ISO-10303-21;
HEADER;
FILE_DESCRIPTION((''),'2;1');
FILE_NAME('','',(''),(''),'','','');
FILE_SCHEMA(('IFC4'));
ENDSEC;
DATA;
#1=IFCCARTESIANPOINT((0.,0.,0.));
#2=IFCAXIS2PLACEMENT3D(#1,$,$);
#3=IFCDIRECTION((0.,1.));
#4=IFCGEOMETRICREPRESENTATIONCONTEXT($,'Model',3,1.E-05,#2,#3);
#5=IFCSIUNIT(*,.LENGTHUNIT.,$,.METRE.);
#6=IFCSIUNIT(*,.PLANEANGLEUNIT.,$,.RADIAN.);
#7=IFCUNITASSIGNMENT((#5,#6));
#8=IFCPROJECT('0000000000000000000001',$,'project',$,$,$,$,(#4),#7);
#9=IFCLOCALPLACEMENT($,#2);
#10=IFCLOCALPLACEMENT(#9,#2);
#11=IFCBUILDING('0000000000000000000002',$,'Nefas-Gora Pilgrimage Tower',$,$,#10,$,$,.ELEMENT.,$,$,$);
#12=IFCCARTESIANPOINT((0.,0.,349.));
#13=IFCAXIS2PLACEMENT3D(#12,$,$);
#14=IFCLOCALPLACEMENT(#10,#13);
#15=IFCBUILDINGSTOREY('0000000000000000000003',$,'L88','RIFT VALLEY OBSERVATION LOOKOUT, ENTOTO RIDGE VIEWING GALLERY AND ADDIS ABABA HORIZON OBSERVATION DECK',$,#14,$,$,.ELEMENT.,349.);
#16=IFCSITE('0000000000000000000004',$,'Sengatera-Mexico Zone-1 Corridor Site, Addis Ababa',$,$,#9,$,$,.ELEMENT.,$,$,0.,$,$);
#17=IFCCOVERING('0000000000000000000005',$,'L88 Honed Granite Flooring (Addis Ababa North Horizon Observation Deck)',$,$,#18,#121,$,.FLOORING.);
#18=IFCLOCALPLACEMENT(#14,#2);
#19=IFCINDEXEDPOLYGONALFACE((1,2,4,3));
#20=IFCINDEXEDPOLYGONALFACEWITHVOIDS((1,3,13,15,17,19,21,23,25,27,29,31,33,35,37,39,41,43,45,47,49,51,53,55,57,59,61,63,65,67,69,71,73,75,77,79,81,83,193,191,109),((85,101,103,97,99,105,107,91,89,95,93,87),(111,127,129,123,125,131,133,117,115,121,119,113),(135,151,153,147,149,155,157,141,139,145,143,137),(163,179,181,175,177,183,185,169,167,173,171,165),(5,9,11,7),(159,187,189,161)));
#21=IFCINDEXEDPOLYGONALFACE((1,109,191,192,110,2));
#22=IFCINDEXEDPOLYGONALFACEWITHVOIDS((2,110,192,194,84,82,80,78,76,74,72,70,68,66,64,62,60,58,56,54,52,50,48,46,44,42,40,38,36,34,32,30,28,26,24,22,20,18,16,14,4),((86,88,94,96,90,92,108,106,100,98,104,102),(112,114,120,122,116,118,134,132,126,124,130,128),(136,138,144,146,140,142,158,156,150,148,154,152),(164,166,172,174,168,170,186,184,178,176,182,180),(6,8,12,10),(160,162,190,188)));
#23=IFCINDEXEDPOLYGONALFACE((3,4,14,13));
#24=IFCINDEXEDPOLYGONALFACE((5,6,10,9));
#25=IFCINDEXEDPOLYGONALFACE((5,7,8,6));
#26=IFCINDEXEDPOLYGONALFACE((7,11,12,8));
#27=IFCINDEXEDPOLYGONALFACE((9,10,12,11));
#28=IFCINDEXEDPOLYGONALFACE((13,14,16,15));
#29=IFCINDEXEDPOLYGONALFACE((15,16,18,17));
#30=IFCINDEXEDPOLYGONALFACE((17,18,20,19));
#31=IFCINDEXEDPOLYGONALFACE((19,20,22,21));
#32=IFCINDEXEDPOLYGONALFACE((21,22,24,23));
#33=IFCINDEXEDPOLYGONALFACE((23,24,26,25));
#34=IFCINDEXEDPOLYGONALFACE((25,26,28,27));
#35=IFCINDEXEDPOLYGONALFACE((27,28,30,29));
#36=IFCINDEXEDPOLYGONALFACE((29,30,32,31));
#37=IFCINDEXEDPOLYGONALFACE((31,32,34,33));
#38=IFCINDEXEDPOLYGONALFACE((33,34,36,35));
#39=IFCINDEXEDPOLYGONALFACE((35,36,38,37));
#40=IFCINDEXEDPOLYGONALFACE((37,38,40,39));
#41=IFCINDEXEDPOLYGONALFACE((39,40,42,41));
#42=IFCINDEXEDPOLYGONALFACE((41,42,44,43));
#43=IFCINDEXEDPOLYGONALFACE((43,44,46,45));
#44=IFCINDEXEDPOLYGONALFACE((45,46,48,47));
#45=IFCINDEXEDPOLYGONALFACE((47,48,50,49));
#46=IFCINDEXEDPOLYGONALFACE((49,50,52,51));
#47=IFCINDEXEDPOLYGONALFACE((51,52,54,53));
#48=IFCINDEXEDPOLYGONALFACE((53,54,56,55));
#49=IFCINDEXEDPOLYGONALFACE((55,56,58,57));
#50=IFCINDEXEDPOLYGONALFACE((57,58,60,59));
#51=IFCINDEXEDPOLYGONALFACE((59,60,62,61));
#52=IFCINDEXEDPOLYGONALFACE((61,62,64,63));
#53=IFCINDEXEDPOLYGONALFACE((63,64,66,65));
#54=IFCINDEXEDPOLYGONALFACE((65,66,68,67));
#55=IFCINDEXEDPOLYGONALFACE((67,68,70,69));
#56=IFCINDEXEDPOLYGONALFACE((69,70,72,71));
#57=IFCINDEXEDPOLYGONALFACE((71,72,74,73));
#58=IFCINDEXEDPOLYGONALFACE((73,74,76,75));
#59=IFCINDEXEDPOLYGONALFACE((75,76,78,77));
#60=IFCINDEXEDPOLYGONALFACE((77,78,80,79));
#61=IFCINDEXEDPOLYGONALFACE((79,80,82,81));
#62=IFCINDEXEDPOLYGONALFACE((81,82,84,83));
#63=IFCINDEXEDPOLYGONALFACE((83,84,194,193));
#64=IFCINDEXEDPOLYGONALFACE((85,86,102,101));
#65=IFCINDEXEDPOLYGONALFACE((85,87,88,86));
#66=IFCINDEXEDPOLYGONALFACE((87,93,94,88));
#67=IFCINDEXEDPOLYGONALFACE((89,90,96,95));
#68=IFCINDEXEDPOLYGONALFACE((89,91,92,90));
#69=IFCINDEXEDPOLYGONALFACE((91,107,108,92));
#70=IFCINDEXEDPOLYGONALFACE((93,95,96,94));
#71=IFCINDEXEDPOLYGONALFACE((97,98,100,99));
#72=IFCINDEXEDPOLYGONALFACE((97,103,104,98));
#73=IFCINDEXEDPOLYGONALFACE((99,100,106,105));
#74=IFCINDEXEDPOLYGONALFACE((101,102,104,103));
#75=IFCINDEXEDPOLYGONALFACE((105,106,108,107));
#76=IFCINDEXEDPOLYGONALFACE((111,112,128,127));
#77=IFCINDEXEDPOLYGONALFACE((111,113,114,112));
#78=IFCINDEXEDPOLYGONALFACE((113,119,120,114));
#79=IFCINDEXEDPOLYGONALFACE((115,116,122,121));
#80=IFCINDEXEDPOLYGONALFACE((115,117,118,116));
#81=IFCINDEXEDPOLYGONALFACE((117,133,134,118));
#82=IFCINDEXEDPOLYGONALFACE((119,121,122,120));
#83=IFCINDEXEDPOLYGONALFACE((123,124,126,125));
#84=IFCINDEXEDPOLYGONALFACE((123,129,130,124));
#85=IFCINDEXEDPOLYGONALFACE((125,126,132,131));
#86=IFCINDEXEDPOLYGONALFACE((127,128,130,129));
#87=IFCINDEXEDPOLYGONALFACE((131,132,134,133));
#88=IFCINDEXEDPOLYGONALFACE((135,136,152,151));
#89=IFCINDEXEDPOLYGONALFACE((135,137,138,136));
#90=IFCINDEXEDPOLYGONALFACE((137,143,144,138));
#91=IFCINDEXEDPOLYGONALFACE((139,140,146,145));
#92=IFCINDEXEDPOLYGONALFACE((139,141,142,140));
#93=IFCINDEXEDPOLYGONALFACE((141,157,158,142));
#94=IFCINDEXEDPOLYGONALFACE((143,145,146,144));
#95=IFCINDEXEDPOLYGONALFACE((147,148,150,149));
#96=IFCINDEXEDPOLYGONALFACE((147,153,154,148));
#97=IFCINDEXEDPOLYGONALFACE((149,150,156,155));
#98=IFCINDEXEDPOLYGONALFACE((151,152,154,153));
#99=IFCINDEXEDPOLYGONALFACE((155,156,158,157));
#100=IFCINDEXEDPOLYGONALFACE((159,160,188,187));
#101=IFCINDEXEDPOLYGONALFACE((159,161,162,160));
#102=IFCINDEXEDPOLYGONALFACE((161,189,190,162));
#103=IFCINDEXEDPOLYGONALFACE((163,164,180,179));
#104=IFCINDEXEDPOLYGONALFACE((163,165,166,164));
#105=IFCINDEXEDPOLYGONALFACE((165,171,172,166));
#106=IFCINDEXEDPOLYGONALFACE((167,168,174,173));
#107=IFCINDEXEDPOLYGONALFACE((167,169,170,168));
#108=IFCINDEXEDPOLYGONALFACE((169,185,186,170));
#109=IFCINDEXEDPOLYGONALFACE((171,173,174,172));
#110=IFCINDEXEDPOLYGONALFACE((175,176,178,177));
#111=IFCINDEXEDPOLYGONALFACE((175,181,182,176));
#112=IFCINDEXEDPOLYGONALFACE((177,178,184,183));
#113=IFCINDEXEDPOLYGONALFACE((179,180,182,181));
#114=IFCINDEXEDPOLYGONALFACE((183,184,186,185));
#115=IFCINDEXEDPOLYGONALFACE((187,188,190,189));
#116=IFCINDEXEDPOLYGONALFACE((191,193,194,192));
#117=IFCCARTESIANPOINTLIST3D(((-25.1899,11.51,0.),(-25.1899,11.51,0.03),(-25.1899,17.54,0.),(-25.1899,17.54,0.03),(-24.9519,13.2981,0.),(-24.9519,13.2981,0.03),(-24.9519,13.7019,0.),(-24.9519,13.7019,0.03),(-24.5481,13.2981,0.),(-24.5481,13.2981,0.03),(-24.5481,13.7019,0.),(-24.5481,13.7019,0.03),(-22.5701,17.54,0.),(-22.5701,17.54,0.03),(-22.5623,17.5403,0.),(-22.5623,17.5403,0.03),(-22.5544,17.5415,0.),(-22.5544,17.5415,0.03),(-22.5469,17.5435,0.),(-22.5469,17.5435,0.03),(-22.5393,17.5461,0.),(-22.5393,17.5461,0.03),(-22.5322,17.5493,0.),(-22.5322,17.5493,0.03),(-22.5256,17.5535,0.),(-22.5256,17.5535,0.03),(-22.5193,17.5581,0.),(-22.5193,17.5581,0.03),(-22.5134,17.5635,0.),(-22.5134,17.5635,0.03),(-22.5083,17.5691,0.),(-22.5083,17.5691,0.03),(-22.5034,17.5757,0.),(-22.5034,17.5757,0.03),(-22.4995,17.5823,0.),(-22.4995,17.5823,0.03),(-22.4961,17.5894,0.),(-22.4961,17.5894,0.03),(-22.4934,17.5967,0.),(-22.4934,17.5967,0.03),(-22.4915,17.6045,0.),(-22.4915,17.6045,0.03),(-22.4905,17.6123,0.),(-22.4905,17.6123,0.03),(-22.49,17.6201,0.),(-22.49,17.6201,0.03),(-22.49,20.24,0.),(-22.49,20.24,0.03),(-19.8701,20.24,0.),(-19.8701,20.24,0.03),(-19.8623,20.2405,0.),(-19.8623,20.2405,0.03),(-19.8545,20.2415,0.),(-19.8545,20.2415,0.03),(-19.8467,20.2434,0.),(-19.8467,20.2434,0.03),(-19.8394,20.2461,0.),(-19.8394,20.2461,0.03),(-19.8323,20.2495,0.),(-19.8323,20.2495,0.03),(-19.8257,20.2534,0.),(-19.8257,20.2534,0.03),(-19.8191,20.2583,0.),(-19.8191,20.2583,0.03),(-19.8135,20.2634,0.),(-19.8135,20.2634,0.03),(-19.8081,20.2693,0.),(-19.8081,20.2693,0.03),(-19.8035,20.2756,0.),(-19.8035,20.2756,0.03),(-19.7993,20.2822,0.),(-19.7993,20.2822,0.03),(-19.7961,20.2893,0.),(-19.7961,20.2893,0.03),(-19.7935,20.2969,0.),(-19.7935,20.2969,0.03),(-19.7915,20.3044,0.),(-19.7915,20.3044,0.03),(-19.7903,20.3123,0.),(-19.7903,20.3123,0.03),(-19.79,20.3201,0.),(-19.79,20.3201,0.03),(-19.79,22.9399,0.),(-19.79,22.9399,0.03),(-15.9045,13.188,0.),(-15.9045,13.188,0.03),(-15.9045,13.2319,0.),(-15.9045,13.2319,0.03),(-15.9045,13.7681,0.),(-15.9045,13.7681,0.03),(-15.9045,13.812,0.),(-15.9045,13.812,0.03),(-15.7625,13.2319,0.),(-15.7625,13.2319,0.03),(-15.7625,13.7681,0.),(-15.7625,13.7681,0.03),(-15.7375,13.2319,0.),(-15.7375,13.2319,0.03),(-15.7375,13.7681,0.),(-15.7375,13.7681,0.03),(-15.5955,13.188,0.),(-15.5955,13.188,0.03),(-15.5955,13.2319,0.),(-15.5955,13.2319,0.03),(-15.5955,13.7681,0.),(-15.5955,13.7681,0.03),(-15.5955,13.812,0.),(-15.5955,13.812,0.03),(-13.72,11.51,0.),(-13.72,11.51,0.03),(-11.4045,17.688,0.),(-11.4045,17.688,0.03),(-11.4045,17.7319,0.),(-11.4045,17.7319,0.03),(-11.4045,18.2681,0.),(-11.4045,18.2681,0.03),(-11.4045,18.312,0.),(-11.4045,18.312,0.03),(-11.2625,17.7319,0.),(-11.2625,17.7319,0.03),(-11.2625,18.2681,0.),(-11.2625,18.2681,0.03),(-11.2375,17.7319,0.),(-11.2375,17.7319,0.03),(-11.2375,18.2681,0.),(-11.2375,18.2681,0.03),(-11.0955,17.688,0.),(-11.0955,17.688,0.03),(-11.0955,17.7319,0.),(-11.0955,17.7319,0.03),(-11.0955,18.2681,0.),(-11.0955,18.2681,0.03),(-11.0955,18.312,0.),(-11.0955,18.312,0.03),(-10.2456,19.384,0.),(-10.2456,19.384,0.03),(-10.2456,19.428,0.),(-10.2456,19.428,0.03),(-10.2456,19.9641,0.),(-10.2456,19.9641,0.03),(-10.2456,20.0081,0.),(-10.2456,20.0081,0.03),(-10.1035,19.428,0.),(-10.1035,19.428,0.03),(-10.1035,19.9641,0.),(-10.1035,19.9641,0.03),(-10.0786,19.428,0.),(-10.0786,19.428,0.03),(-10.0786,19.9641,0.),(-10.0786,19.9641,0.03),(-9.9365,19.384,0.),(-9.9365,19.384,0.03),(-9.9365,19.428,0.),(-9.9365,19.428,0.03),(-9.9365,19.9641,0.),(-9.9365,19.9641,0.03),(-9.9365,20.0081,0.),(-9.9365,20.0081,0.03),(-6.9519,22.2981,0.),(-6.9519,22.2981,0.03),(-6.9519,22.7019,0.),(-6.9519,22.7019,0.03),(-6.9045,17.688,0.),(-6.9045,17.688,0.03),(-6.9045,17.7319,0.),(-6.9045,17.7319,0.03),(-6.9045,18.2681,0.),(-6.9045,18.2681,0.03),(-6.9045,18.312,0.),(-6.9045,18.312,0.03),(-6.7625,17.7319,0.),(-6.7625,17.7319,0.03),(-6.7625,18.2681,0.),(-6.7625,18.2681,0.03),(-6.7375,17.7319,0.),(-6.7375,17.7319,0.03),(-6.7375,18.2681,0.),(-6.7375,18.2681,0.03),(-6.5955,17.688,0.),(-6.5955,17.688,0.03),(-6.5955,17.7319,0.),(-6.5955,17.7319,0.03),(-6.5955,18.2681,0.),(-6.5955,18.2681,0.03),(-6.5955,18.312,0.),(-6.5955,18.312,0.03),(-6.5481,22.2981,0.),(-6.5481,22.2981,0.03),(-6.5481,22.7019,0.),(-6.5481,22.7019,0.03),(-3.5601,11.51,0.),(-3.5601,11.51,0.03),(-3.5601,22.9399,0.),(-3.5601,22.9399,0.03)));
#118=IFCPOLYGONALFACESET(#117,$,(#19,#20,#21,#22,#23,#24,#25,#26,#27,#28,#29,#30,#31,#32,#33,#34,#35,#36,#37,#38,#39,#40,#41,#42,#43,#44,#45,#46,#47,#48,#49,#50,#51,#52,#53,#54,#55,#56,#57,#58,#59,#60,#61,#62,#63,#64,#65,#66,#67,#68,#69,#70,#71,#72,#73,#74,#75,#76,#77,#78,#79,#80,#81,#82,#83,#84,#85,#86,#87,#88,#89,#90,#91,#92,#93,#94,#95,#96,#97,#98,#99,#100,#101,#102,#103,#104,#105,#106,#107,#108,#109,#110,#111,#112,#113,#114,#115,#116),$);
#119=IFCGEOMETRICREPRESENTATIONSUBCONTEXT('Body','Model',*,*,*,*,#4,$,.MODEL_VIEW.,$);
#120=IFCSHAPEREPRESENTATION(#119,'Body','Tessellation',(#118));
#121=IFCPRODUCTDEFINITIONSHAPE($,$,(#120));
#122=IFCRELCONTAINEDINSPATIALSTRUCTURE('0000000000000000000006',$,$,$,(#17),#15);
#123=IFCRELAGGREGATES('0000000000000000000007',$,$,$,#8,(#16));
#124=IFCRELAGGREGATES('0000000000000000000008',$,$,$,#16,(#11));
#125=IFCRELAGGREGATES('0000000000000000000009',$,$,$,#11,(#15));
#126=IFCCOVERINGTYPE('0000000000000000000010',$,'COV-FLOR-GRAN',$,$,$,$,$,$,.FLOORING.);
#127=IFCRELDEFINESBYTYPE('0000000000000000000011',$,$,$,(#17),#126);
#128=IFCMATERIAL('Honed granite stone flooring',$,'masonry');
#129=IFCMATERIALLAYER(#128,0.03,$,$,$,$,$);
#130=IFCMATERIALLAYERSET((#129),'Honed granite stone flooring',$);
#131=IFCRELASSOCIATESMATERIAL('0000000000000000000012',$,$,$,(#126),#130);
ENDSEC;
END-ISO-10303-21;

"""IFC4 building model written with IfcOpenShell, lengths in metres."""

from ifc_helpers import new_model, si_unit, direction, frame, origin, place, context, subcontext, project, spatial, polyline, outline, extrude, material, layer, layer_set, type_object, element, save


model = new_model("IFC4")

# Units and contexts
model_context = context("Model", 3, precision=1e-05, world=origin(), true_north=direction((0.0, 1.0)))
body_context = subcontext(model_context, "Body", "Model", "MODEL_VIEW")
ifc_project = project(units=[si_unit("LENGTHUNIT", "METRE"), si_unit("PLANEANGLEUNIT", "RADIAN")], contexts=[model_context])

# Site, building, storey
site_placement = place(None, origin())
site = spatial("IfcSite", under=ifc_project, at=site_placement, Name="Sengatera-Mexico Zone-1 Corridor Site, Addis Ababa", CompositionType="ELEMENT", RefElevation=0.0)
building_placement = place(site_placement, origin())
building = spatial("IfcBuilding", under=site, at=building_placement, Name="Nefas-Gora Pilgrimage Tower", CompositionType="ELEMENT")
storey_placement = place(building_placement, frame((0.0, 0.0, 349.0)))
storey = spatial("IfcBuildingStorey", under=building, at=storey_placement, Name="L88", Description="RIFT VALLEY OBSERVATION LOOKOUT, ENTOTO RIDGE VIEWING GALLERY AND ADDIS ABABA HORIZON OBSERVATION DECK", CompositionType="ELEMENT", Elevation=349.0)

# Covering
ifc_material_1 = material(Name="Honed granite stone flooring", Category="masonry")
ifc_layer_1 = layer(ifc_material_1, 0.03)
ifc_layer_set_1 = layer_set([ifc_layer_1], Name="Honed granite stone flooring")
covering_type_1 = type_object("IfcCoveringType", Name="COV-FLOR-GRAN", PredefinedType="FLOORING", material=ifc_layer_set_1)
covering_1_placement = place(storey_placement, origin())
element("IfcCovering", 1, at=covering_1_placement, inside=storey, type_object=covering_type_1, Name="L88 Honed Granite Flooring (Addis Ababa North Horizon Observation Deck)", PredefinedType="FLOORING", context=body_context, shape_type="SweptSolid", body=[
    extrude(outline(polyline([(-25.1899, 17.54), (-25.1899, 11.51), (-13.72, 11.51), (-3.5601, 11.51), (-3.5601, 22.9399), (-19.79, 22.9399), (-19.79, 20.3201), (-19.7903, 20.3123), (-19.7915, 20.3044), (-19.7935, 20.2969), (-19.7961, 20.2893), (-19.7993, 20.2822), (-19.8035, 20.2756), (-19.8081, 20.2693), (-19.8135, 20.2634), (-19.8191, 20.2583), (-19.8257, 20.2534), (-19.8323, 20.2495), (-19.8394, 20.2461), (-19.8467, 20.2434), (-19.8545, 20.2415), (-19.8623, 20.2405), (-19.8701, 20.24), (-22.49, 20.24), (-22.49, 17.6201), (-22.4905, 17.6123), (-22.4915, 17.6045), (-22.4934, 17.5967), (-22.4961, 17.5894), (-22.4995, 17.5823), (-22.5034, 17.5757), (-22.5083, 17.5691), (-22.5134, 17.5635), (-22.5193, 17.5581), (-22.5256, 17.5535), (-22.5322, 17.5493), (-22.5393, 17.5461), (-22.5469, 17.5435), (-22.5544, 17.5415), (-22.5623, 17.5403), (-22.5701, 17.54), (-25.1899, 17.54)]), holes=[polyline([(-6.5481, 22.7019), (-6.5481, 22.2981), (-6.9519, 22.2981), (-6.9519, 22.7019), (-6.5481, 22.7019)]), polyline([(-6.5955, 18.312), (-6.5955, 18.2681), (-6.7375, 18.2681), (-6.7375, 17.7319), (-6.5955, 17.7319), (-6.5955, 17.688), (-6.9045, 17.688), (-6.9045, 17.7319), (-6.7625, 17.7319), (-6.7625, 18.2681), (-6.9045, 18.2681), (-6.9045, 18.312), (-6.5955, 18.312)]), polyline([(-10.2456, 20.0081), (-9.9365, 20.0081), (-9.9365, 19.9641), (-10.0786, 19.9641), (-10.0786, 19.428), (-9.9365, 19.428), (-9.9365, 19.384), (-10.2456, 19.384), (-10.2456, 19.428), (-10.1035, 19.428), (-10.1035, 19.9641), (-10.2456, 19.9641), (-10.2456, 20.0081)]), polyline([(-11.0955, 18.312), (-11.0955, 18.2681), (-11.2375, 18.2681), (-11.2375, 17.7319), (-11.0955, 17.7319), (-11.0955, 17.688), (-11.4045, 17.688), (-11.4045, 17.7319), (-11.2625, 17.7319), (-11.2625, 18.2681), (-11.4045, 18.2681), (-11.4045, 18.312), (-11.0955, 18.312)]), polyline([(-15.9045, 13.812), (-15.5955, 13.812), (-15.5955, 13.7681), (-15.7375, 13.7681), (-15.7375, 13.2319), (-15.5955, 13.2319), (-15.5955, 13.188), (-15.9045, 13.188), (-15.9045, 13.2319), (-15.7625, 13.2319), (-15.7625, 13.7681), (-15.9045, 13.7681), (-15.9045, 13.812)]), polyline([(-24.5481, 13.7019), (-24.5481, 13.2981), (-24.9519, 13.2981), (-24.9519, 13.7019), (-24.5481, 13.7019)])]), origin(), (0.0, 0.0, 1.0), 0.03),
])

save(model, "model.ifc")
